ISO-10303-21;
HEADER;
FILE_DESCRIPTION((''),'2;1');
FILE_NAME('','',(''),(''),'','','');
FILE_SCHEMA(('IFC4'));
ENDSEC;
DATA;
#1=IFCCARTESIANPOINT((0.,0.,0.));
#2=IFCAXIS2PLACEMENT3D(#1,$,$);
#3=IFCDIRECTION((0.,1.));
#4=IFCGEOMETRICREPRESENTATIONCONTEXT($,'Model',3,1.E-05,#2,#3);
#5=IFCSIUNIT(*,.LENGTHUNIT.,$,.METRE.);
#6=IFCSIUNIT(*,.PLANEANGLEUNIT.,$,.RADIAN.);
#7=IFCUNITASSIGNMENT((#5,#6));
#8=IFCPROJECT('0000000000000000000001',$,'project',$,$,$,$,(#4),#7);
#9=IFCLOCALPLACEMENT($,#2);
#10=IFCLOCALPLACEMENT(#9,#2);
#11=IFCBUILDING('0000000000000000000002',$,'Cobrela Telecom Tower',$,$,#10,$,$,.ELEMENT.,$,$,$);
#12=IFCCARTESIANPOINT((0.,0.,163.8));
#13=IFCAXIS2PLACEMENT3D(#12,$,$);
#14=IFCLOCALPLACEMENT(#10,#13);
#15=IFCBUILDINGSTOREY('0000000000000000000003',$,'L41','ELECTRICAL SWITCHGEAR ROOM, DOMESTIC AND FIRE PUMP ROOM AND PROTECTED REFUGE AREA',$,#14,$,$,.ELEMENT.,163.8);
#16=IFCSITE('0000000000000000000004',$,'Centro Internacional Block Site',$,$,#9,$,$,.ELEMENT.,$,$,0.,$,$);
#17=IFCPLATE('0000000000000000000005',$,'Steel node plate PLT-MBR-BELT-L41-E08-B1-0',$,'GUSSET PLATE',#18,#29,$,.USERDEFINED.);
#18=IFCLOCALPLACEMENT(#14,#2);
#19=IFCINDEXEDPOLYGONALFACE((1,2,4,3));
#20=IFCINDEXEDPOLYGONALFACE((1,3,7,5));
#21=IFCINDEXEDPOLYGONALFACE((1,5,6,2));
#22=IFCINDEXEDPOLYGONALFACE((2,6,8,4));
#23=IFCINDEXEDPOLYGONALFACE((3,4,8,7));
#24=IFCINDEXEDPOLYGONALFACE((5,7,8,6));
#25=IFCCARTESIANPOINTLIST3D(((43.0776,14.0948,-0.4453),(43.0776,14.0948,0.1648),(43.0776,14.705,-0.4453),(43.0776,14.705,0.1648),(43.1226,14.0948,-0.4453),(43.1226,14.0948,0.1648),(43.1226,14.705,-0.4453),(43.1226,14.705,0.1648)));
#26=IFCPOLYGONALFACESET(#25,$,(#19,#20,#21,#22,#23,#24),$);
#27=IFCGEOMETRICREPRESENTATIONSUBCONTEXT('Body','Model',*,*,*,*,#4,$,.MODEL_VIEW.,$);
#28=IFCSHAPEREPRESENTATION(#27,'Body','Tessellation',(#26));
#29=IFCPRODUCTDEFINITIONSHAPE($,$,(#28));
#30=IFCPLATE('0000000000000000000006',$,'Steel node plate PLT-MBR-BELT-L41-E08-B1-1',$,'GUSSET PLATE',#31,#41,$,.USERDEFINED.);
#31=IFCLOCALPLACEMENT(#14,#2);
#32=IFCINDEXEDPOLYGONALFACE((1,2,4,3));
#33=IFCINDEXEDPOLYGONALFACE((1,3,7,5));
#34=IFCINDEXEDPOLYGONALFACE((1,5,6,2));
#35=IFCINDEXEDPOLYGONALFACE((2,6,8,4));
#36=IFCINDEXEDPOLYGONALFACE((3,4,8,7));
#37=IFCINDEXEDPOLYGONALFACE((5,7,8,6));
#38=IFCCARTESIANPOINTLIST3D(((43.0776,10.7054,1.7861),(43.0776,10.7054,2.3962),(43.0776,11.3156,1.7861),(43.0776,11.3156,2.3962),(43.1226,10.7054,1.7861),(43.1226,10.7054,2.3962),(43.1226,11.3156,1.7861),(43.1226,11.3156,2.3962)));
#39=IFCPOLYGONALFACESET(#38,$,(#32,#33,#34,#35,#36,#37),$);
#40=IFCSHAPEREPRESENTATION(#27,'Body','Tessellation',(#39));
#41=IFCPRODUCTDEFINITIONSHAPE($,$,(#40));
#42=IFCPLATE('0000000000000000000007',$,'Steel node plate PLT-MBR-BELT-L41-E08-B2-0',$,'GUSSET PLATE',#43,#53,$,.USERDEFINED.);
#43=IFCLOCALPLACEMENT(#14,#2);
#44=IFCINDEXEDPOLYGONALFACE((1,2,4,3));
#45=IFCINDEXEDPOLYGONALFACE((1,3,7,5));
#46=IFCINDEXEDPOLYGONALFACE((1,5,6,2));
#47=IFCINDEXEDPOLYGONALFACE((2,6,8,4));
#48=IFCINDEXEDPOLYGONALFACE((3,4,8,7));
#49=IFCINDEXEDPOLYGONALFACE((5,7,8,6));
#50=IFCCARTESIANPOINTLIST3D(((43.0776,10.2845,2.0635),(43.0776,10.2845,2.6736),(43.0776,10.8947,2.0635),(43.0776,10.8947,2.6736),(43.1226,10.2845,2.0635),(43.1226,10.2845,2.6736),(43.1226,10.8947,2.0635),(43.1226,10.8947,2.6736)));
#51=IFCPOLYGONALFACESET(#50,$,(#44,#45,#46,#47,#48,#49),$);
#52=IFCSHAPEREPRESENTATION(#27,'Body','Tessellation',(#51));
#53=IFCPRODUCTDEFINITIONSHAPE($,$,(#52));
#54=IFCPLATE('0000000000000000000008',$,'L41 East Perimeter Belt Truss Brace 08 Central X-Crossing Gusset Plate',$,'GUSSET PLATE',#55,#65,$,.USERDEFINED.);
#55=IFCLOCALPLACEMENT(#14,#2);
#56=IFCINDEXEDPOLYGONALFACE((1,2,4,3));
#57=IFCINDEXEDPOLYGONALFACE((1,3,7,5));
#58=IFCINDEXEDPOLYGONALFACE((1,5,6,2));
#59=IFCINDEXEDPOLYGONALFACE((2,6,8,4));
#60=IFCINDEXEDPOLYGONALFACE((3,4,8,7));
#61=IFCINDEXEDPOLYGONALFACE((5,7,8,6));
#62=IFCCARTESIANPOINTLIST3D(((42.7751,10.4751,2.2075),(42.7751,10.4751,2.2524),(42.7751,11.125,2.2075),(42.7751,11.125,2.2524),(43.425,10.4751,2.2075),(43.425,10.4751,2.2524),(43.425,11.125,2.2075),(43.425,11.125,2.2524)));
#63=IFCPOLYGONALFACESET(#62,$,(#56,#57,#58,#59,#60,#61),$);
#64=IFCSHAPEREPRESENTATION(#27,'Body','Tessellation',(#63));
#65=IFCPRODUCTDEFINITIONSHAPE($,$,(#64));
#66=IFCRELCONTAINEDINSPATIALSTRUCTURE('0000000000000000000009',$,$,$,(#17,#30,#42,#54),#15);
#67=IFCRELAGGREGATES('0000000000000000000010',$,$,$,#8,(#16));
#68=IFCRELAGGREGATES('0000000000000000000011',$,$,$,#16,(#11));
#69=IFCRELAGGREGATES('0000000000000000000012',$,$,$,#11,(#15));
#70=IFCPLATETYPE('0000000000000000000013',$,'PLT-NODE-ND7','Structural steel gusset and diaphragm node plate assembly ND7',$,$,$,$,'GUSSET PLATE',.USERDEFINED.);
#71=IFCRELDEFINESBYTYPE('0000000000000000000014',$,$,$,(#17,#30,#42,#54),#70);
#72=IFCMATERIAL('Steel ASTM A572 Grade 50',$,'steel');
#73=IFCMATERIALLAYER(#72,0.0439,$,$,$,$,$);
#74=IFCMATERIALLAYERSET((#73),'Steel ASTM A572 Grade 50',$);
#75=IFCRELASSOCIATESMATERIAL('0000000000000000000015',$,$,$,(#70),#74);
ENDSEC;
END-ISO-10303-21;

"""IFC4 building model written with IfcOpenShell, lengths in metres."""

from ifc_helpers import new_model, si_unit, direction, frame, origin, origin_2d, place, context, subcontext, project, spatial, rectangle, extrude, material, layer, layer_set, type_object, element, save


model = new_model("IFC4")

# Units and contexts
model_context = context("Model", 3, precision=1e-05, world=origin(), true_north=direction((0.0, 1.0)))
body_context = subcontext(model_context, "Body", "Model", "MODEL_VIEW")
ifc_project = project(units=[si_unit("LENGTHUNIT", "METRE"), si_unit("PLANEANGLEUNIT", "RADIAN")], contexts=[model_context])

# Site, building, storey
site_placement = place(None, origin())
site = spatial("IfcSite", under=ifc_project, at=site_placement, Name="Centro Internacional Block Site", CompositionType="ELEMENT", RefElevation=0.0)
building_placement = place(site_placement, origin())
building = spatial("IfcBuilding", under=site, at=building_placement, Name="Cobrela Telecom Tower", CompositionType="ELEMENT")
storey_placement = place(building_placement, frame((0.0, 0.0, 163.8)))
storey = spatial("IfcBuildingStorey", under=building, at=storey_placement, Name="L41", Description="ELECTRICAL SWITCHGEAR ROOM, DOMESTIC AND FIRE PUMP ROOM AND PROTECTED REFUGE AREA", CompositionType="ELEMENT", Elevation=163.8)

# Shared definitions
ifc_material_1 = material(Name="Steel ASTM A572 Grade 50", Category="steel")

# Plates
ifc_layer_1 = layer(ifc_material_1, 0.0439)
ifc_layer_set_1 = layer_set([ifc_layer_1], Name="Steel ASTM A572 Grade 50")
plate_type_1 = type_object("IfcPlateType", Name="PLT-NODE-ND7", Description="Structural steel gusset and diaphragm node plate assembly ND7", ElementType="GUSSET PLATE", PredefinedType="USERDEFINED", material=ifc_layer_set_1)
for number, where, z_axis, x_axis, name in (
    (1, (43.1001, 14.3999, -0.4453), (0.0, 0.0, 1.0), (0.0, -1.0, 0.0), "Steel node plate PLT-MBR-BELT-L41-E08-B1-0"),
    (2, (43.1001, 11.0105, 1.7861), (0.0, 0.0, 1.0), (0.0, -1.0, 0.0), "Steel node plate PLT-MBR-BELT-L41-E08-B1-1"),
    (3, (43.1001, 10.5896, 2.0635), (0.0, 0.0, 1.0), (0.0, -1.0, 0.0), "Steel node plate PLT-MBR-BELT-L41-E08-B2-0"),
):
    element("IfcPlate", number, at=place(storey_placement, frame(where, z_axis=z_axis, x_axis=x_axis)), inside=storey, type_object=plate_type_1, Name=name, ObjectType="GUSSET PLATE", PredefinedType="USERDEFINED", context=body_context, shape_type="SweptSolid", body=[
        extrude(rectangle(XDim=0.6101, YDim=0.0449, at=origin_2d()), origin(), (0.0, 0.0, 1.0), 0.6101),
    ])
plate_1_placement = place(storey_placement, frame((43.1001, 10.8, 2.2075), z_axis=(0.0, 0.0, 1.0), x_axis=(1.0, 0.0, 0.0)))
element("IfcPlate", 4, at=plate_1_placement, inside=storey, type_object=plate_type_1, Name="L41 East Perimeter Belt Truss Brace 08 Central X-Crossing Gusset Plate", ObjectType="GUSSET PLATE", PredefinedType="USERDEFINED", context=body_context, shape_type="SweptSolid", body=[
    extrude(rectangle(XDim=0.6499, YDim=0.6499, at=origin_2d()), origin(), (0.0, 0.0, 1.0), 0.0449),
])

save(model, "model.ifc")
